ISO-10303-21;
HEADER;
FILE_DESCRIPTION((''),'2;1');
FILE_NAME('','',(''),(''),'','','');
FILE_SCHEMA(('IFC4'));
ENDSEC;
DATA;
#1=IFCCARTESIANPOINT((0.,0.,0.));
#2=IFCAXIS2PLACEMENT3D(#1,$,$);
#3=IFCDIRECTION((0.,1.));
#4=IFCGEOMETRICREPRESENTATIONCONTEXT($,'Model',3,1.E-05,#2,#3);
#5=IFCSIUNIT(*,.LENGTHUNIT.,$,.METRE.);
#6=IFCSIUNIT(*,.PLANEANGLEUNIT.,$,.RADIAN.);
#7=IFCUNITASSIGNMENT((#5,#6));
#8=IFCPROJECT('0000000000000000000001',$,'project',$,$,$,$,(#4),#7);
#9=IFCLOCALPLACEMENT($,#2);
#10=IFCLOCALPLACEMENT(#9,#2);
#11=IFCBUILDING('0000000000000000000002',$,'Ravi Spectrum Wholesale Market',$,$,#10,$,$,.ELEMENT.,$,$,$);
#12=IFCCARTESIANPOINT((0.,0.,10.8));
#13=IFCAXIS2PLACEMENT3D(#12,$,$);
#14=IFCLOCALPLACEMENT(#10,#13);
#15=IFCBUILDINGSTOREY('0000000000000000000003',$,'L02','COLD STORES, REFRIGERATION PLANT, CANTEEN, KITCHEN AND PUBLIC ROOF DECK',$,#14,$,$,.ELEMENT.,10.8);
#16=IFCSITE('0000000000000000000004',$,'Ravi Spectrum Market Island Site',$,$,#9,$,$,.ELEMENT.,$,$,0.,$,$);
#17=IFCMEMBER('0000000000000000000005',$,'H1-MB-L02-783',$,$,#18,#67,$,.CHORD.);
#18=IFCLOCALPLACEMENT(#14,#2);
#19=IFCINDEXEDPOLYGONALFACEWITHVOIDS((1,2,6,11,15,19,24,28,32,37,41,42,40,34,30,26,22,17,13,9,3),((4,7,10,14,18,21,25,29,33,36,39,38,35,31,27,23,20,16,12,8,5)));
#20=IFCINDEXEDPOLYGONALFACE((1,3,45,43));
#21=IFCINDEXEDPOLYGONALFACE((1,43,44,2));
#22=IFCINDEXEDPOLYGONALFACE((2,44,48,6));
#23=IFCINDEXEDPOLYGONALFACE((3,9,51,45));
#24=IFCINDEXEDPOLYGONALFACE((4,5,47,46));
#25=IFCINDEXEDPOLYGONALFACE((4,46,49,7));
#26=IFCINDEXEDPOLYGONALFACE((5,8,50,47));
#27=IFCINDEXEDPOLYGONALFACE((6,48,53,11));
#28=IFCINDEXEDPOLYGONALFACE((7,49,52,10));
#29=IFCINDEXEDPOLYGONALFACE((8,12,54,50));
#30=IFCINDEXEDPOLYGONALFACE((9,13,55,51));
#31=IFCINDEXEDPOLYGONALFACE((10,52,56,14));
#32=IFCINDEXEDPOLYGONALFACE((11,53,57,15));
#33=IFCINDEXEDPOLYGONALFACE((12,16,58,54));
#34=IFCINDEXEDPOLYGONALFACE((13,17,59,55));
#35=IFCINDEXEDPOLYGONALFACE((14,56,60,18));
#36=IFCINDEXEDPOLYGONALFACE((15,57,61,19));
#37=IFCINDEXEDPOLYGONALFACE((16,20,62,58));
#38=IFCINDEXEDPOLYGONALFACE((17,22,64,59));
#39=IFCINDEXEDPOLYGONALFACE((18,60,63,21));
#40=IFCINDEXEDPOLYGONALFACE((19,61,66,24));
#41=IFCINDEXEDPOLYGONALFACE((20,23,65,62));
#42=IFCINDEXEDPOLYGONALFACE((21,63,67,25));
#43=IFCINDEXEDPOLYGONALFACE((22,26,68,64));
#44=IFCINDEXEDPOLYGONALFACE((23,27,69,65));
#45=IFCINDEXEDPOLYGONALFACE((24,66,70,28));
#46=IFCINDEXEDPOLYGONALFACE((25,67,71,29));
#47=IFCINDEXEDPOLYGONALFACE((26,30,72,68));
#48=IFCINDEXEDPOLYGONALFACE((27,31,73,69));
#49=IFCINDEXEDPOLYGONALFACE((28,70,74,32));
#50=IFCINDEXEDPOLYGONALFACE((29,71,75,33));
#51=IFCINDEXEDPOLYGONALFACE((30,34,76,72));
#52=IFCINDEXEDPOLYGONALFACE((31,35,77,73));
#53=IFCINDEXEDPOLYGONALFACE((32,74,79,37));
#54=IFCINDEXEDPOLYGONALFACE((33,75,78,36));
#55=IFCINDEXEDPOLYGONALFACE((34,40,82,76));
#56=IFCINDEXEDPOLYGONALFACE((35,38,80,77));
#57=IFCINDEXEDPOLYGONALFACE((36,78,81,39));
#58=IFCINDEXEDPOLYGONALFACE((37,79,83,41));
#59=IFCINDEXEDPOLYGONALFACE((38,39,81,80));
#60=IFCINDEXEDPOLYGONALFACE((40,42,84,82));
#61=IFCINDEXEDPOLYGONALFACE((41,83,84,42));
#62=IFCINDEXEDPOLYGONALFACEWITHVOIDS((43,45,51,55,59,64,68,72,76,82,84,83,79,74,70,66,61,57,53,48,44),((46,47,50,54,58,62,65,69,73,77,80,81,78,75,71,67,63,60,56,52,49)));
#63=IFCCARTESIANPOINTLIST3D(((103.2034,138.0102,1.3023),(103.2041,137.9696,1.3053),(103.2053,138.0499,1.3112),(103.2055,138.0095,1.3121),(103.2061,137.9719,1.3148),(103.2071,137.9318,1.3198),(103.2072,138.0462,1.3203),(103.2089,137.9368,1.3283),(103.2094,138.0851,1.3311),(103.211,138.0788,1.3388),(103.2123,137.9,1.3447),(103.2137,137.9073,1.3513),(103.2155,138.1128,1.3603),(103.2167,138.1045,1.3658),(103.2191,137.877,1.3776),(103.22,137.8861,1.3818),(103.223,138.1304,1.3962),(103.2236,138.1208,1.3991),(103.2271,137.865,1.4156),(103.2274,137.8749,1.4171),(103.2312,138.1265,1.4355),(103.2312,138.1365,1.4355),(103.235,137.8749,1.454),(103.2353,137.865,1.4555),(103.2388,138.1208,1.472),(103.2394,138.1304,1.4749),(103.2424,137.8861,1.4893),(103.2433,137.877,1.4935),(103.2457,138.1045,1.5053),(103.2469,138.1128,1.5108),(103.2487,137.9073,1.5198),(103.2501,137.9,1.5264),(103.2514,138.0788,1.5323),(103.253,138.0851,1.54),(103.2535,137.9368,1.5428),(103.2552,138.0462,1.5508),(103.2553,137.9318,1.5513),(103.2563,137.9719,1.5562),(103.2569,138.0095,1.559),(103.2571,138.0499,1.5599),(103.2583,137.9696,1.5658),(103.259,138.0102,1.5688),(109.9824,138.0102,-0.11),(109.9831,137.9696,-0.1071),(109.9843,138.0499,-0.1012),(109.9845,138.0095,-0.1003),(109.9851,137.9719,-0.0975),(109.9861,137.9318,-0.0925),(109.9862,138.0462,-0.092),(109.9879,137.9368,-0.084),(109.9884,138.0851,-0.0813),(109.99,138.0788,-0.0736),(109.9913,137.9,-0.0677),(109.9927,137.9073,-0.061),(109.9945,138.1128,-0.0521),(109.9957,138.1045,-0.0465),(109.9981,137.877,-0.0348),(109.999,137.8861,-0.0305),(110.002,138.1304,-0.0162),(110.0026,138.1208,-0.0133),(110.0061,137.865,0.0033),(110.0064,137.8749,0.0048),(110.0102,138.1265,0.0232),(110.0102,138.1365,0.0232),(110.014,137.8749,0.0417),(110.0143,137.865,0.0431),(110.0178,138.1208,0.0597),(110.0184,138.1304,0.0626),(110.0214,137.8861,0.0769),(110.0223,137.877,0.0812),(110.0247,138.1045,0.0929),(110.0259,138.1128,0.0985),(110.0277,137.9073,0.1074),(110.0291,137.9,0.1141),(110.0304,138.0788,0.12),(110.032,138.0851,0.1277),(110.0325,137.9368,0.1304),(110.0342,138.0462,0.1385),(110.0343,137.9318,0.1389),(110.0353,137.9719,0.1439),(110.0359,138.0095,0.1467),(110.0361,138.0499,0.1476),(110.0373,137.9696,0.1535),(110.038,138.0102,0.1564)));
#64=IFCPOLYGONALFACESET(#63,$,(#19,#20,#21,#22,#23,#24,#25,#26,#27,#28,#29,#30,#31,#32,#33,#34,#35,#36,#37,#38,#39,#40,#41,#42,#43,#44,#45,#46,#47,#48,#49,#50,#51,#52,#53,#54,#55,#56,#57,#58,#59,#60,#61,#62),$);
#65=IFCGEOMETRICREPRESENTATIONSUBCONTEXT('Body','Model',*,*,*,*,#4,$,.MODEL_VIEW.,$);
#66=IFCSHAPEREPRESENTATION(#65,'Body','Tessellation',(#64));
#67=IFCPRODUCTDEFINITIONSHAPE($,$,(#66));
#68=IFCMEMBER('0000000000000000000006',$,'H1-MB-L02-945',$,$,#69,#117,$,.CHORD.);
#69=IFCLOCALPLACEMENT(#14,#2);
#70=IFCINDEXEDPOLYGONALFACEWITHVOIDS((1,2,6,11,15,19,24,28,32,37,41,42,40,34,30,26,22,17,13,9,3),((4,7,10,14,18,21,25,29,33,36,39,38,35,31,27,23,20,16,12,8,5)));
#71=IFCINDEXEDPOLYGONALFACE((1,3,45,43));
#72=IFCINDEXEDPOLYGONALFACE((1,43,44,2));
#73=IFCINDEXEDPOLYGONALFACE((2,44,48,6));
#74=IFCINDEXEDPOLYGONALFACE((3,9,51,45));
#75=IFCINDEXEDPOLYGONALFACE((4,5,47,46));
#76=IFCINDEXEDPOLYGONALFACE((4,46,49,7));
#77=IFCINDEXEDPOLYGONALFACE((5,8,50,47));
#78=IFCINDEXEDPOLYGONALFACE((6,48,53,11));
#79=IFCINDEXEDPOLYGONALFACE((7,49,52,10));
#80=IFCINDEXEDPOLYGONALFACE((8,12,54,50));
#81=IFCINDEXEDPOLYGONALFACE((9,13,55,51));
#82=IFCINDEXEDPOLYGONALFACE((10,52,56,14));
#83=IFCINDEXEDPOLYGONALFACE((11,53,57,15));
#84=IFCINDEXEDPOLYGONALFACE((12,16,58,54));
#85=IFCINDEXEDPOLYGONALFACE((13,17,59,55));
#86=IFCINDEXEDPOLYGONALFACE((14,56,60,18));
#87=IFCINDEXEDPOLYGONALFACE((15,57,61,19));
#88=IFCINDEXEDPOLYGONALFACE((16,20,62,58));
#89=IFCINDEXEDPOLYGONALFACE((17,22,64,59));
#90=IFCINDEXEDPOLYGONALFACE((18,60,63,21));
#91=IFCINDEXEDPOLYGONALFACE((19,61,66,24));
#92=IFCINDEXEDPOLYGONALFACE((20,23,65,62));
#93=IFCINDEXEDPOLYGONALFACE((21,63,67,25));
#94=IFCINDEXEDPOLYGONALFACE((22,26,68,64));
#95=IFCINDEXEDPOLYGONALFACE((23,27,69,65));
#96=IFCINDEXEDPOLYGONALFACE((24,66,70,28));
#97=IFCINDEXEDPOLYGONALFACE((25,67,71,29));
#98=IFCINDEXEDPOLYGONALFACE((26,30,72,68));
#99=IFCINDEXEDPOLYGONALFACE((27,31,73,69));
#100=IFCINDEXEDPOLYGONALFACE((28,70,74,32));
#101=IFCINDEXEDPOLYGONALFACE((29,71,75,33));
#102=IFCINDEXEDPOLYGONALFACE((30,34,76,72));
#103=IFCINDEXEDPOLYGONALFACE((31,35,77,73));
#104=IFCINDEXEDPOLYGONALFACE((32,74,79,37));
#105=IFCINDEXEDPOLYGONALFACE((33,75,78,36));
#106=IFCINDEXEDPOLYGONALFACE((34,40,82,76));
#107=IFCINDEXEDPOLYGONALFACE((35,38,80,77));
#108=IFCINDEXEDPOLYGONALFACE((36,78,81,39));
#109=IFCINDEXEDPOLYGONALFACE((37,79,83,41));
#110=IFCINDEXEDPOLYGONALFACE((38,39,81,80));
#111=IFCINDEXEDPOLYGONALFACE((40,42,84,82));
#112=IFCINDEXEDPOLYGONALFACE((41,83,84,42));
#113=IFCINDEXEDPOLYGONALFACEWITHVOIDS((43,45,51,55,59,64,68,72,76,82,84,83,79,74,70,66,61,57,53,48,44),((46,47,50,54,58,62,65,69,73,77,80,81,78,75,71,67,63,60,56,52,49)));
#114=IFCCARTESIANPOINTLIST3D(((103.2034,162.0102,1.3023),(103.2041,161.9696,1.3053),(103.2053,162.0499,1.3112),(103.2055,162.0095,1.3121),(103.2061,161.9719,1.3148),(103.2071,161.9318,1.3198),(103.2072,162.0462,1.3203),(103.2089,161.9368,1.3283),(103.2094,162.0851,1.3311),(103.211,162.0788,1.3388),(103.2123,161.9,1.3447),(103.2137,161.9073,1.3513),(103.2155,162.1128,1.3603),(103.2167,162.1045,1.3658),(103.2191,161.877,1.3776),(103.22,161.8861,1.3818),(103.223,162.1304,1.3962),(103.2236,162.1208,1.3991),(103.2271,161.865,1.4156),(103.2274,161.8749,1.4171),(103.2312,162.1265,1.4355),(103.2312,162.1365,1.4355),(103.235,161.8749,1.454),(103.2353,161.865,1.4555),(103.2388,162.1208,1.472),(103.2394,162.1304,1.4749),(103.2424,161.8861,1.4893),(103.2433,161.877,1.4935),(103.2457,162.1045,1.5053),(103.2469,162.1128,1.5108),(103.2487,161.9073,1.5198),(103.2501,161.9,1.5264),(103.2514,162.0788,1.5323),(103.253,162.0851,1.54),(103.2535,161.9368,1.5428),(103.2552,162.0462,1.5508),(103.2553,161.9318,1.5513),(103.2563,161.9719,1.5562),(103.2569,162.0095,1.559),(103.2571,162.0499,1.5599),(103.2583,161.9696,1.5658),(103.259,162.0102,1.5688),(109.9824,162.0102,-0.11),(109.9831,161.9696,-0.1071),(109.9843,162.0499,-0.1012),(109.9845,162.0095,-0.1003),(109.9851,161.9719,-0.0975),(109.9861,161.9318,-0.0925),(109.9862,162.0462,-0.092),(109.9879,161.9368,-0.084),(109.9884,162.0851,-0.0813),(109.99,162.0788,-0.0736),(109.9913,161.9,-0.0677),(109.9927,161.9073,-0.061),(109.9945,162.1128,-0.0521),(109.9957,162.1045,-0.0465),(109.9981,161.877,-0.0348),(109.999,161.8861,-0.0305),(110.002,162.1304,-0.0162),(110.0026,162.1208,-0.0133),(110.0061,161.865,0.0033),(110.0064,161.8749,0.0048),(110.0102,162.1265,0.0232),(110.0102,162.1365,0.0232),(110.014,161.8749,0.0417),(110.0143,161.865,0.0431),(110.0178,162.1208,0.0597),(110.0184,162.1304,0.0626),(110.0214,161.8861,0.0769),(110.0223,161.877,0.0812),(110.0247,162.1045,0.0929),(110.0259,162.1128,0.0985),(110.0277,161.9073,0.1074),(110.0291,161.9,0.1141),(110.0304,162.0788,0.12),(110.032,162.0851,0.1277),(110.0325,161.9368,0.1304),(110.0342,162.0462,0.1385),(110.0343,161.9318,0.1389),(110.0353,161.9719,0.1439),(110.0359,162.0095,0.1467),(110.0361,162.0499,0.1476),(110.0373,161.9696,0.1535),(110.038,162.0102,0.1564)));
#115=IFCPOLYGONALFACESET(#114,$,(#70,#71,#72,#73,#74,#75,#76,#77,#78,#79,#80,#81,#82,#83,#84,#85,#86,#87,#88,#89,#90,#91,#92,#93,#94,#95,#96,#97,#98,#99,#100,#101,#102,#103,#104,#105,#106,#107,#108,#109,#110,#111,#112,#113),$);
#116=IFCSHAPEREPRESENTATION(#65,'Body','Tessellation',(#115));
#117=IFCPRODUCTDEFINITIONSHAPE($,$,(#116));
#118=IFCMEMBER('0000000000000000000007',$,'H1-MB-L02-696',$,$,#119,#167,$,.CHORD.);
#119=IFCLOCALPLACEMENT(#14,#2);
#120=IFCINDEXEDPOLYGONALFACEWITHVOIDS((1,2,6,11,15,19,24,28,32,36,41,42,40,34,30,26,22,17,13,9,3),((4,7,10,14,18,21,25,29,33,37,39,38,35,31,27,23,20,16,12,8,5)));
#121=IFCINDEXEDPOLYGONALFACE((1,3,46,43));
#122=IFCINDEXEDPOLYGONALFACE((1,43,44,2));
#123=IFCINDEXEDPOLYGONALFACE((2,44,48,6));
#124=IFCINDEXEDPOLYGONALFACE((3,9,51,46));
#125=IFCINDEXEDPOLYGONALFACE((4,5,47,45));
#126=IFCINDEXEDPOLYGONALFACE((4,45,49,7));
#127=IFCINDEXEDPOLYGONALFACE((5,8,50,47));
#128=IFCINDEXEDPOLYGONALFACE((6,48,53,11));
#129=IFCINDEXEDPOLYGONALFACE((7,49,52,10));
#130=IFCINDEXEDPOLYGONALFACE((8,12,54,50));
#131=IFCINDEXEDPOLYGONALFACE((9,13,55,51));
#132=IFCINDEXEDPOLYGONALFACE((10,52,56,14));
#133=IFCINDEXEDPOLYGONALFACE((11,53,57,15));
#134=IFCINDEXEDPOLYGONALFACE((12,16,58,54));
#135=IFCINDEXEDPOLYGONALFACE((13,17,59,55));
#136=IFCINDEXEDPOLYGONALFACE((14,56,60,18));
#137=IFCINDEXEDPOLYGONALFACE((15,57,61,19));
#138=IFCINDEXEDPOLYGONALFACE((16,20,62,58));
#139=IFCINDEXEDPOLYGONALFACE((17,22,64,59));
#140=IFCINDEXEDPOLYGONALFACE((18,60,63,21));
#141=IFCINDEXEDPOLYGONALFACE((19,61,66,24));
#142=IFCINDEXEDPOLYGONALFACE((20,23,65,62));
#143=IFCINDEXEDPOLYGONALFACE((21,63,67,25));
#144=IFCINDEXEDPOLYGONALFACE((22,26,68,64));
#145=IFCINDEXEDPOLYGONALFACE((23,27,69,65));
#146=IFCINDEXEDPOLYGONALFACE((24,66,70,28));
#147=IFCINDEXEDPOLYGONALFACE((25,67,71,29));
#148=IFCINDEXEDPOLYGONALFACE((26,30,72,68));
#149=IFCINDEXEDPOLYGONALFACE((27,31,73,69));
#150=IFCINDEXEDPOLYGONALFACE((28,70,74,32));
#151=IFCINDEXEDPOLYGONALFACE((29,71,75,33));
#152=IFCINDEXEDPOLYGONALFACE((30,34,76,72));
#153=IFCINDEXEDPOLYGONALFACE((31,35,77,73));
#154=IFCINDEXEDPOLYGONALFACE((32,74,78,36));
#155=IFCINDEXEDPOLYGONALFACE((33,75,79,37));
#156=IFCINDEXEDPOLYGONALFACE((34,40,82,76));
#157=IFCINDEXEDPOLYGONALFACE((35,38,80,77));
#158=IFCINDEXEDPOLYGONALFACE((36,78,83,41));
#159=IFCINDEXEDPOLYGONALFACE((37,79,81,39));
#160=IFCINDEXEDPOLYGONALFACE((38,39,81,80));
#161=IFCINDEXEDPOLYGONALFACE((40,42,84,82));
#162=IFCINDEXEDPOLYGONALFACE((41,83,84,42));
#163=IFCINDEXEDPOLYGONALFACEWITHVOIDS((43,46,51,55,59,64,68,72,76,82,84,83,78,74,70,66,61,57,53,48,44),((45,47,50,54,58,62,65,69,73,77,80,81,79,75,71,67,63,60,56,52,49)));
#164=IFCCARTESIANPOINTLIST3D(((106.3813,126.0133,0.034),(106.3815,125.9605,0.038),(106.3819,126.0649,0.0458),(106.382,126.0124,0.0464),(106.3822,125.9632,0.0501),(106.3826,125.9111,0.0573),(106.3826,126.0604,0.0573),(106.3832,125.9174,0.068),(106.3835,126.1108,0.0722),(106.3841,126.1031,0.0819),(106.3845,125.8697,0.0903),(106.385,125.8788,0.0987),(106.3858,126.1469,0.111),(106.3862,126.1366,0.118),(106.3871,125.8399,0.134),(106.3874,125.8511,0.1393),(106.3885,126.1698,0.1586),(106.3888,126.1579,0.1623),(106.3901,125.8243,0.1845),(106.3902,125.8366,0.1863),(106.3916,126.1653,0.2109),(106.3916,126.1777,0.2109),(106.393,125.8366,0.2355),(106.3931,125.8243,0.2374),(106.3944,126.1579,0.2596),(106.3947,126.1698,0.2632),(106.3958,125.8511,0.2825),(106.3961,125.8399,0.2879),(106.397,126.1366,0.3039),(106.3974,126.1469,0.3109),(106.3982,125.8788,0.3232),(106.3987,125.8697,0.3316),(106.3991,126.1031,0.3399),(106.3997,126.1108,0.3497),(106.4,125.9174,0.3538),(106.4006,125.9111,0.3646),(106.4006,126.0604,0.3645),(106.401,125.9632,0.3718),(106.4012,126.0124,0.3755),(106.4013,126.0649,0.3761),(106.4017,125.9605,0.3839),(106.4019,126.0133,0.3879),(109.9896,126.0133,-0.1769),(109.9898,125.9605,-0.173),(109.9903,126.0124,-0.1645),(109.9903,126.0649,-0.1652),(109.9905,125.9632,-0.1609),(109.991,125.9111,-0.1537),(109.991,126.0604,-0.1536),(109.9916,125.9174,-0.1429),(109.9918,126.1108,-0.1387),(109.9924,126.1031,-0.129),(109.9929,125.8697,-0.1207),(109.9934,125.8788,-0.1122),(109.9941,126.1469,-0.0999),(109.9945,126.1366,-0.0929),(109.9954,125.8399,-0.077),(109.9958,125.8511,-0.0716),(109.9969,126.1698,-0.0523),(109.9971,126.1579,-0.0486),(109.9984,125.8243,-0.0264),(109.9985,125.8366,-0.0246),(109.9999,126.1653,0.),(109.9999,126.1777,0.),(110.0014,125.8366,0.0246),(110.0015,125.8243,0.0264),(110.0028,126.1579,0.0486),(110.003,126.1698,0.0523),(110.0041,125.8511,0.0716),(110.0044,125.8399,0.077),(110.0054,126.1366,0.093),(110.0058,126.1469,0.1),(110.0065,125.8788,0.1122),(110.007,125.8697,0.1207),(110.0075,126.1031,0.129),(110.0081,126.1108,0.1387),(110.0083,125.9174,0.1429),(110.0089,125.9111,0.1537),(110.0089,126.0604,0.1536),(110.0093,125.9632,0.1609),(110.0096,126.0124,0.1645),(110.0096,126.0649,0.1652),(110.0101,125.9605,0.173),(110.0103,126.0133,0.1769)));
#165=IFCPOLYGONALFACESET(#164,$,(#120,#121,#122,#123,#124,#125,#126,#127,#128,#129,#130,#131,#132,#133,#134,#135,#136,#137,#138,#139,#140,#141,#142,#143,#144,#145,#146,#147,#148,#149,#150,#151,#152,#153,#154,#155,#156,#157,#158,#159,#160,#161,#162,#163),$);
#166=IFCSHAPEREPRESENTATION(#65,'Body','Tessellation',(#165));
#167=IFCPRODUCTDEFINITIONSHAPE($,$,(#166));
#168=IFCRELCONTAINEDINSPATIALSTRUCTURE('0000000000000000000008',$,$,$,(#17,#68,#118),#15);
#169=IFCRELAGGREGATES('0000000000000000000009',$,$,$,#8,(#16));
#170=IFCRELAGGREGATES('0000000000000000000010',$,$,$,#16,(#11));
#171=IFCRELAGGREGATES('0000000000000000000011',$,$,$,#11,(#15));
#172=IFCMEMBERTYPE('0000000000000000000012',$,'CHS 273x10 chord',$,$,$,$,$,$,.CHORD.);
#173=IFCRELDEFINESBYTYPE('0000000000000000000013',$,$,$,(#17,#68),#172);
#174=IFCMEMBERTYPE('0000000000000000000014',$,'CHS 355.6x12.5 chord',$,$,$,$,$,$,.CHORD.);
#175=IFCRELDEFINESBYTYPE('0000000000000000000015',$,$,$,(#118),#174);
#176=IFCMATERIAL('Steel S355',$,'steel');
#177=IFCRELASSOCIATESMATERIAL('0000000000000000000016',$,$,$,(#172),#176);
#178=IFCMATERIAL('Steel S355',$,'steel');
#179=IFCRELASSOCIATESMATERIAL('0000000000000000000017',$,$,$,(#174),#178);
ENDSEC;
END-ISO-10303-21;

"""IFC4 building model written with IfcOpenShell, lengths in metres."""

from ifc_helpers import new_model, si_unit, direction, frame, origin, origin_2d, place, context, subcontext, project, spatial, hollow_circle, extrude, material, material_profile, profile_set, type_object, element, save


model = new_model("IFC4")

# Units and contexts
model_context = context("Model", 3, precision=1e-05, world=origin(), true_north=direction((0.0, 1.0)))
body_context = subcontext(model_context, "Body", "Model", "MODEL_VIEW")
ifc_project = project(units=[si_unit("LENGTHUNIT", "METRE"), si_unit("PLANEANGLEUNIT", "RADIAN")], contexts=[model_context])

# Site, building, storey
site_placement = place(None, origin())
site = spatial("IfcSite", under=ifc_project, at=site_placement, Name="Ravi Spectrum Market Island Site", CompositionType="ELEMENT", RefElevation=0.0)
building_placement = place(site_placement, origin())
building = spatial("IfcBuilding", under=site, at=building_placement, Name="Ravi Spectrum Wholesale Market", CompositionType="ELEMENT")
storey_placement = place(building_placement, frame((0.0, 0.0, 10.8)))
storey = spatial("IfcBuildingStorey", under=building, at=storey_placement, Name="L02", Description="COLD STORES, REFRIGERATION PLANT, CANTEEN, KITCHEN AND PUBLIC ROOF DECK", CompositionType="ELEMENT", Elevation=10.8)

# Members
ifc_material_1 = material(Name="Steel S355", Category="steel")
ifc_material_profile_1 = material_profile(ifc_material_1, hollow_circle(Radius=0.1365, WallThickness=0.01, at=origin_2d()))
ifc_profile_set_1 = profile_set([ifc_material_profile_1], Name="Steel S355")
member_type_1 = type_object("IfcMemberType", Name="CHS 273x10 chord", PredefinedType="CHORD", material=ifc_profile_set_1)
for number, where, z_axis, x_axis, name in (
    (1, (103.2312, 138.0, 1.4355), (0.978979, 0.0, -0.203961), (0.0, 1.0, 0.0), "H1-MB-L02-783"),
    (2, (103.2312, 162.0, 1.4355), (0.978979, 0.0, -0.203961), (0.0, 1.0, 0.0), "H1-MB-L02-945"),
):
    element("IfcMember", number, at=place(storey_placement, frame(where, z_axis=z_axis, x_axis=x_axis)), inside=storey, type_object=member_type_1, Name=name, PredefinedType="CHORD", context=body_context, shape_type="SweptSolid", body=[
        extrude(hollow_circle(Radius=0.1365, WallThickness=0.01, at=origin_2d()), origin(), (0.0, 0.0, 1.0), 6.9246),
    ])
ifc_material_2 = material(Name="Steel S355", Category="steel")
ifc_material_profile_2 = material_profile(ifc_material_2, hollow_circle(Radius=0.1777, WallThickness=0.0125, at=origin_2d()))
ifc_profile_set_2 = profile_set([ifc_material_profile_2], Name="Steel S355")
member_type_2 = type_object("IfcMemberType", Name="CHS 355.6x12.5 chord", PredefinedType="CHORD", material=ifc_profile_set_2)
member_1_placement = place(storey_placement, frame((106.3916, 126.0, 0.2109), z_axis=(0.998296, 0.0, -0.058358), x_axis=(0.0, 1.0, 0.0)))
element("IfcMember", 3, at=member_1_placement, inside=storey, type_object=member_type_2, Name="H1-MB-L02-696", PredefinedType="CHORD", context=body_context, shape_type="SweptSolid", body=[
    extrude(hollow_circle(Radius=0.1777, WallThickness=0.0125, at=origin_2d()), origin(), (0.0, 0.0, 1.0), 3.6145),
])

save(model, "model.ifc")
